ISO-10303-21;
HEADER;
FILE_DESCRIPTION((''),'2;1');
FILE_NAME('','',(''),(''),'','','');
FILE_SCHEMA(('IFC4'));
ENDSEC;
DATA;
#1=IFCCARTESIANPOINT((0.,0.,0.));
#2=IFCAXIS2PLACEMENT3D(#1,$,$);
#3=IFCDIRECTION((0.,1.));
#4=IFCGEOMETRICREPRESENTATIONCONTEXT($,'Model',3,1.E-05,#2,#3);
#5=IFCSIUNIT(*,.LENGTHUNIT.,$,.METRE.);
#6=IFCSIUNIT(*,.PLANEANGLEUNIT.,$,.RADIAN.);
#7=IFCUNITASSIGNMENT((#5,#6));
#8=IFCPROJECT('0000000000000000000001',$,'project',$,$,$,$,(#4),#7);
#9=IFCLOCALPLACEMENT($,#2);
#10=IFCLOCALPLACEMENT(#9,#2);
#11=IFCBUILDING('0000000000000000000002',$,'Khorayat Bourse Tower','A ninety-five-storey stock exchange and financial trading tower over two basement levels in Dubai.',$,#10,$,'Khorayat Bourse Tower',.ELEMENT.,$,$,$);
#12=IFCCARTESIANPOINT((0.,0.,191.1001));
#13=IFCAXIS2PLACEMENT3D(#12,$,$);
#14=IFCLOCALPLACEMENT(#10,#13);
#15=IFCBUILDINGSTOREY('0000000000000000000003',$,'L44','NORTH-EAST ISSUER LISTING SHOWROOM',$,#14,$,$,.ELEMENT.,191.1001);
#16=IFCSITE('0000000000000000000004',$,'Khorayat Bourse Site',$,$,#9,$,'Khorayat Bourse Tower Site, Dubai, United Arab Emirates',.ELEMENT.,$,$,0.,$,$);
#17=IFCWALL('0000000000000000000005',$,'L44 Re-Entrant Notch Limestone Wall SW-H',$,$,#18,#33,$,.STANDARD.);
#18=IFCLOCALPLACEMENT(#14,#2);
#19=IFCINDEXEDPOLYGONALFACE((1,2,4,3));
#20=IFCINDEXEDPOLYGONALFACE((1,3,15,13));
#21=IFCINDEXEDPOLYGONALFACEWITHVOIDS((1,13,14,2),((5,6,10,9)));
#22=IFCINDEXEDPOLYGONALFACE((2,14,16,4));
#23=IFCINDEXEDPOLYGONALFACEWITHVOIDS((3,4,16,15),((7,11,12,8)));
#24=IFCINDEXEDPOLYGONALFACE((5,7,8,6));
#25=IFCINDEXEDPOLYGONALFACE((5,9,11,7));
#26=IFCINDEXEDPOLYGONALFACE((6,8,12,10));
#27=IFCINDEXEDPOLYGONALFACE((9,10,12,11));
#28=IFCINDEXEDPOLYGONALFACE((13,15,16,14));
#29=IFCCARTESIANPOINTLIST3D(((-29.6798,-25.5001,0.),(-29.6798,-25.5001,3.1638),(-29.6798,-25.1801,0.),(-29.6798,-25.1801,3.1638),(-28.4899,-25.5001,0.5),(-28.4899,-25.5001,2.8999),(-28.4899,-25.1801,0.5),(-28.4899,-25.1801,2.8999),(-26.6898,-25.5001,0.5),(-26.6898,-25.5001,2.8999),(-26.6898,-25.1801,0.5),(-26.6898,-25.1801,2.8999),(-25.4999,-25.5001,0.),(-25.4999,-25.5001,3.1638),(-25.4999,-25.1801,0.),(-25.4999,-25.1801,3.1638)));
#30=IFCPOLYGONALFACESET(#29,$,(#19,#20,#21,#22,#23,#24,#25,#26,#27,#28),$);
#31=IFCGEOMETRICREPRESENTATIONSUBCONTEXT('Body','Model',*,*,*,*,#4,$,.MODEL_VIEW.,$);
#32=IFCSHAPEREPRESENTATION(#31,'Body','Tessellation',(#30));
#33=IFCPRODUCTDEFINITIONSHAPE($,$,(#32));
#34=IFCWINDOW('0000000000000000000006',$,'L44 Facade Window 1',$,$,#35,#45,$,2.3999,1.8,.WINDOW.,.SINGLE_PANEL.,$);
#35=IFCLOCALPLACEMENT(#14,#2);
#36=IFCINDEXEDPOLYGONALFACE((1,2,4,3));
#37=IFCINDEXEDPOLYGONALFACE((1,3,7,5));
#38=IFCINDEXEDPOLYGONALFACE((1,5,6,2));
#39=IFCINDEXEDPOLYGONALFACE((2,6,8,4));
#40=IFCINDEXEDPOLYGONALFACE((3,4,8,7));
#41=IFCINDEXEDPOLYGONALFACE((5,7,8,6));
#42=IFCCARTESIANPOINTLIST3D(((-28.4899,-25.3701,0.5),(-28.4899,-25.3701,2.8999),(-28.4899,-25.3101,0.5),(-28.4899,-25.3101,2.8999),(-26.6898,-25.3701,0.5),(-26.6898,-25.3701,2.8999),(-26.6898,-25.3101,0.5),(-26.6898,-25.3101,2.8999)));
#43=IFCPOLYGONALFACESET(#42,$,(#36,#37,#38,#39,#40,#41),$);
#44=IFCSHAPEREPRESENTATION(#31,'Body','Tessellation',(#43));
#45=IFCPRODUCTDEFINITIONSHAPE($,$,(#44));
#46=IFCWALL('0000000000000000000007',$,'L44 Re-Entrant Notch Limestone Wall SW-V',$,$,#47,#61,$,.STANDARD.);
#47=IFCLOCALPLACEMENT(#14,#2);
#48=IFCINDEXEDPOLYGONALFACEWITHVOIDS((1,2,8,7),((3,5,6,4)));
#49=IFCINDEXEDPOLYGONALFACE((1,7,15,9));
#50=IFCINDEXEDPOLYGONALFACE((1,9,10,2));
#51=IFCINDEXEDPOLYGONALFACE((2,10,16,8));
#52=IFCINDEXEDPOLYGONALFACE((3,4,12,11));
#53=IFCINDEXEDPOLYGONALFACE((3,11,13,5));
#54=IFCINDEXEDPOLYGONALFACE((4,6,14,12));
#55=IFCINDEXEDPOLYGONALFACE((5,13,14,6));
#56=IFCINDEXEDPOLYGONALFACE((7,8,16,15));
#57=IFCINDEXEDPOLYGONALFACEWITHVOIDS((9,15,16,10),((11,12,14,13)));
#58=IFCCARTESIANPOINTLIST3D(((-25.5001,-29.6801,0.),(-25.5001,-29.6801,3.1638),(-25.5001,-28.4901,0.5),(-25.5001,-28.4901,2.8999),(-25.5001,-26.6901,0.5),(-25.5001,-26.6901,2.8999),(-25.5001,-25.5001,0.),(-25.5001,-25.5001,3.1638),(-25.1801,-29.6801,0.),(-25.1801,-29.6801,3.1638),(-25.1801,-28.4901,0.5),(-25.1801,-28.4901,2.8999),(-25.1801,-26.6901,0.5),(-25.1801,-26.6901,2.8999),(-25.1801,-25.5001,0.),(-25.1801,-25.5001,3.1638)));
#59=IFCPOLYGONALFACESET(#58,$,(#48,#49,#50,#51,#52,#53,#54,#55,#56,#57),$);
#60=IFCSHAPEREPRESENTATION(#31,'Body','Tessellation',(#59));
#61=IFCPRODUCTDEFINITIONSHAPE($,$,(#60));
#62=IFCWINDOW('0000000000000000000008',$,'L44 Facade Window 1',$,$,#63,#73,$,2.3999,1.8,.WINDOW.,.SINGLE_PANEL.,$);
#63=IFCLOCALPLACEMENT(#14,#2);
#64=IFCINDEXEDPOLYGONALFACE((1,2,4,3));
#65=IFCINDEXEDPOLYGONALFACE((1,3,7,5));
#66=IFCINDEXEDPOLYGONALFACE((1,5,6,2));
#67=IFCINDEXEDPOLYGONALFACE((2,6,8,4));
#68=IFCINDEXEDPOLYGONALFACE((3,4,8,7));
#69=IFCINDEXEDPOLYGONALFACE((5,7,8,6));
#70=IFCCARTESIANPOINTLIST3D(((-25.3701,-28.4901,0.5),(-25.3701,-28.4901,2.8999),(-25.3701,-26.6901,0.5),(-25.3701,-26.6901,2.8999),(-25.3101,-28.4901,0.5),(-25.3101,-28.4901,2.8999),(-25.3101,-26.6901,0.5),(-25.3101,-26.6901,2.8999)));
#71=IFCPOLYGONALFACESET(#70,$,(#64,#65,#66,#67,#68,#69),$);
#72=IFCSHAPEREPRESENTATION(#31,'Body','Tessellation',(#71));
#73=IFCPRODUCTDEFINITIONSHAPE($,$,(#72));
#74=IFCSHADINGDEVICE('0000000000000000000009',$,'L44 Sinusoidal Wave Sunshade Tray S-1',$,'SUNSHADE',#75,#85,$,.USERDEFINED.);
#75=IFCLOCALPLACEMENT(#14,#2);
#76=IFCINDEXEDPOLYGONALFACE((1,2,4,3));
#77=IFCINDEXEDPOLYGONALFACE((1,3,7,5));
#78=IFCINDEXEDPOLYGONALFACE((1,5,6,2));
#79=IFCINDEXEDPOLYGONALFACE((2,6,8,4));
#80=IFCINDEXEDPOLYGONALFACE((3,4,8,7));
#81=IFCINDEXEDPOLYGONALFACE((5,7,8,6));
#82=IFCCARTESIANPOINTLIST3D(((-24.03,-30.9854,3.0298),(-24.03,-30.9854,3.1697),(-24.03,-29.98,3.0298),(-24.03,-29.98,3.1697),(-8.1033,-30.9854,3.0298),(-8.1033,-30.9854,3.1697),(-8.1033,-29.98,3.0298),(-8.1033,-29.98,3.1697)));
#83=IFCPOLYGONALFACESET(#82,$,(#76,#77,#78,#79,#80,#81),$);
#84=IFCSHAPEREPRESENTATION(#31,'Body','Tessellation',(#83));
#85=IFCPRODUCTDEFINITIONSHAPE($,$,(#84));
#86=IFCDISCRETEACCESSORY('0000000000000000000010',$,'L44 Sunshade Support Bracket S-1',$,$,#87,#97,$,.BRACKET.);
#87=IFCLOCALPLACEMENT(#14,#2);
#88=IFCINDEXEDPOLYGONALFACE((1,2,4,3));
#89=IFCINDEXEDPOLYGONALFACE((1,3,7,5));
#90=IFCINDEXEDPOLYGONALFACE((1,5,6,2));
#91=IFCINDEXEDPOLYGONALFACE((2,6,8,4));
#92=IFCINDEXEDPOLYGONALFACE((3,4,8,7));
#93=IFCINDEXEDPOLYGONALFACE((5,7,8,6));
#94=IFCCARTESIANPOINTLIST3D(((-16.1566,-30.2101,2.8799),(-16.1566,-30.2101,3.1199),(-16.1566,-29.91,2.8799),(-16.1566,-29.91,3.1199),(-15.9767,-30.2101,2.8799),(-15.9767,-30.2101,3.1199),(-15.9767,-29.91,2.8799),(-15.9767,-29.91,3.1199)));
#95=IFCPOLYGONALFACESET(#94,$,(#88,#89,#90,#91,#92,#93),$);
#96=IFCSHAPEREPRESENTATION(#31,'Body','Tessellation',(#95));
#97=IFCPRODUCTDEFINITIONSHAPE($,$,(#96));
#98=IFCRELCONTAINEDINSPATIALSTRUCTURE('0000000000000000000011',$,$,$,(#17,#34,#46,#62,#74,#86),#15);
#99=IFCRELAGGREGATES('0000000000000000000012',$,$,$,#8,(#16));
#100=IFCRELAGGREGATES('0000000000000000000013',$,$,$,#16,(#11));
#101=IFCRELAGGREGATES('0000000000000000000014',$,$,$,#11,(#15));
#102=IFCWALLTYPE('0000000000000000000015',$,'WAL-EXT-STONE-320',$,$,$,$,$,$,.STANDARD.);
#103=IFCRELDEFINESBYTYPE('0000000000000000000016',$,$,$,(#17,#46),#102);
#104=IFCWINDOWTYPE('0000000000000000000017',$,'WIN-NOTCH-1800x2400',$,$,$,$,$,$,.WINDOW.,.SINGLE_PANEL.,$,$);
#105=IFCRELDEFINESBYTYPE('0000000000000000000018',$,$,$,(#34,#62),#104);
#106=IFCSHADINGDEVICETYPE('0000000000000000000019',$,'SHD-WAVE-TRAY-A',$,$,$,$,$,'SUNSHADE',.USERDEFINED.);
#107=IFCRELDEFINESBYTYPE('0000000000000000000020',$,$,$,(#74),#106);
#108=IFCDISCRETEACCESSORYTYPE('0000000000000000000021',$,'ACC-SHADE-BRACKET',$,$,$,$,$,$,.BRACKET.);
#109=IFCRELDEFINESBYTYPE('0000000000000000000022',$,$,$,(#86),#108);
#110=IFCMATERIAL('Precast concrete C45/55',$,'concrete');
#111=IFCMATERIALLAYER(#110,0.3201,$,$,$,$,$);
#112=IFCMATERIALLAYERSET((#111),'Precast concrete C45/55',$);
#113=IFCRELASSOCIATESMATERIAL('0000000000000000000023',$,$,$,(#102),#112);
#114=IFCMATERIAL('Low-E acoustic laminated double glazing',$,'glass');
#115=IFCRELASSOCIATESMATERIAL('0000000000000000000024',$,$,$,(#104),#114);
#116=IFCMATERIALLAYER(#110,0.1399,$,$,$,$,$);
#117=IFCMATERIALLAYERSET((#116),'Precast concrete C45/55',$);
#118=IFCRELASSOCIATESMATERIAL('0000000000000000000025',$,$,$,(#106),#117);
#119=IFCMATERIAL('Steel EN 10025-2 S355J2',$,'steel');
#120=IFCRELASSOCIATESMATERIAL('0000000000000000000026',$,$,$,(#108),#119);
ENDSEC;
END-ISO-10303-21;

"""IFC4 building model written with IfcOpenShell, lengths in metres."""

from ifc_helpers import new_model, si_unit, direction, frame, frame_2d, origin, origin_2d, place, context, subcontext, project, spatial, rectangle, extrude, source, transform, mapped, material, layer, layer_set, type_object, element, fill, save


model = new_model("IFC4")

# Units and contexts
model_context = context("Model", 3, precision=1e-05, world=origin(), true_north=direction((0.0, 1.0)))
body_context = subcontext(model_context, "Body", "Model", "MODEL_VIEW")
ifc_project = project(units=[si_unit("LENGTHUNIT", "METRE"), si_unit("PLANEANGLEUNIT", "RADIAN")], contexts=[model_context])

# Site, building, storey
site_placement = place(None, origin())
site = spatial("IfcSite", under=ifc_project, at=site_placement, Name="Khorayat Bourse Site", LongName="Khorayat Bourse Tower Site, Dubai, United Arab Emirates", CompositionType="ELEMENT", RefElevation=0.0)
building_placement = place(site_placement, origin())
building = spatial("IfcBuilding", under=site, at=building_placement, Name="Khorayat Bourse Tower", Description="A ninety-five-storey stock exchange and financial trading tower over two basement levels in Dubai.", LongName="Khorayat Bourse Tower", CompositionType="ELEMENT")
storey_placement = place(building_placement, frame((0.0, 0.0, 191.1001)))
storey = spatial("IfcBuildingStorey", under=building, at=storey_placement, Name="L44", Description="NORTH-EAST ISSUER LISTING SHOWROOM", CompositionType="ELEMENT", Elevation=191.1001)

# Walls, openings, windows
ifc_material_1 = material(Name="Precast concrete C45/55", Category="concrete")
ifc_layer_1 = layer(ifc_material_1, 0.3201)
ifc_layer_set_1 = layer_set([ifc_layer_1], Name="Precast concrete C45/55")
wall_type = type_object("IfcWallType", Name="WAL-EXT-STONE-320", PredefinedType="STANDARD", material=ifc_layer_set_1)
shared_shape_1 = source(origin(), body_context, "Body", "SweptSolid", [
    extrude(rectangle(XDim=4.1799, YDim=0.3201, at=frame_2d((2.0898, 0.0))), origin(), (0.0, 0.0, 1.0), 3.1638),
])
wall_1_placement = place(storey_placement, frame((-25.5, -25.3401, 0.0), z_axis=(0.0, 0.0, 1.0), x_axis=(-1.0, 0.0, 0.0)))
wall_1 = element("IfcWall", 1, at=wall_1_placement, inside=storey, type_object=wall_type, Name="L44 Re-Entrant Notch Limestone Wall SW-H", PredefinedType="STANDARD", context=body_context, shape_type="MappedRepresentation", body=[
    mapped(shared_shape_1, transform((0.0, 0.0, 0.0), scale=1.0)),
])
shared_shape_2 = source(origin(), body_context, "Body", "SweptSolid", [
    extrude(rectangle(XDim=1.8, YDim=2.3999, at=frame_2d((0.8999, 1.2))), frame((0.0, 0.1699, 0.0), z_axis=(0.0, -1.0, 0.0), x_axis=(1.0, 0.0, 0.0)), (0.0, 0.0, 1.0), 0.3401),
])
opening_1_placement = place(wall_1_placement, frame((1.1899, 0.0, 0.5)))
opening_1 = element("IfcOpeningElement", 2, at=opening_1_placement, cuts=wall_1, PredefinedType="OPENING", context=body_context, shape_type="MappedRepresentation", body=[
    mapped(shared_shape_2, transform((0.0, 0.0, 0.0), scale=1.0)),
])
ifc_material_2 = material(Name="Low-E acoustic laminated double glazing", Category="glass")
window_type = type_object("IfcWindowType", Name="WIN-NOTCH-1800x2400", PartitioningType="SINGLE_PANEL", PredefinedType="WINDOW", material=ifc_material_2)
shared_shape_3 = source(origin(), body_context, "Body", "SweptSolid", [
    extrude(rectangle(XDim=1.8, YDim=2.3999, at=frame_2d((0.8999, 1.2))), frame((0.0, 0.03, 0.0), z_axis=(0.0, -1.0, 0.0), x_axis=(1.0, 0.0, 0.0)), (0.0, 0.0, 1.0), 0.0601),
])
window_1_placement = place(opening_1_placement, origin())
window_1 = element("IfcWindow", 3, at=window_1_placement, inside=storey, type_object=window_type, Name="L44 Facade Window 1", OverallHeight=2.3999, OverallWidth=1.8, PartitioningType="SINGLE_PANEL", PredefinedType="WINDOW", context=body_context, shape_type="MappedRepresentation", body=[
    mapped(shared_shape_3, transform((0.0, 0.0, 0.0), scale=1.0)),
])
fill(opening_1, window_1)
wall_2_placement = place(storey_placement, frame((-25.3401, -29.6799, 0.0), z_axis=(0.0, 0.0, 1.0), x_axis=(0.0, 1.0, 0.0)))
wall_2 = element("IfcWall", 4, at=wall_2_placement, inside=storey, type_object=wall_type, Name="L44 Re-Entrant Notch Limestone Wall SW-V", PredefinedType="STANDARD", context=body_context, shape_type="MappedRepresentation", body=[
    mapped(shared_shape_1, transform((0.0, 0.0, 0.0), scale=1.0)),
])
opening_2_placement = place(wall_2_placement, frame((1.1899, 0.0, 0.5)))
opening_2 = element("IfcOpeningElement", 5, at=opening_2_placement, cuts=wall_2, PredefinedType="OPENING", context=body_context, shape_type="MappedRepresentation", body=[
    mapped(shared_shape_2, transform((0.0, 0.0, 0.0), scale=1.0)),
])
window_2_placement = place(opening_2_placement, origin())
window_2 = element("IfcWindow", 6, at=window_2_placement, inside=storey, type_object=window_type, Name="L44 Facade Window 1", OverallHeight=2.3999, OverallWidth=1.8, PartitioningType="SINGLE_PANEL", PredefinedType="WINDOW", context=body_context, shape_type="MappedRepresentation", body=[
    mapped(shared_shape_3, transform((0.0, 0.0, 0.0), scale=1.0)),
])
fill(opening_2, window_2)

# Shading device
ifc_layer_2 = layer(ifc_material_1, 0.1399)
ifc_layer_set_2 = layer_set([ifc_layer_2], Name="Precast concrete C45/55")
shading_device_type = type_object("IfcShadingDeviceType", Name="SHD-WAVE-TRAY-A", ElementType="SUNSHADE", PredefinedType="USERDEFINED", material=ifc_layer_set_2)
shared_shape_4 = source(origin(), body_context, "Body", "SweptSolid", [
    extrude(rectangle(XDim=15.9268, YDim=1.0054, at=origin_2d()), origin(), (0.0, 0.0, 1.0), 0.1399),
])
shading_device_placement = place(storey_placement, frame((-16.0667, -30.4827, 3.0298), z_axis=(0.0, 0.0, 1.0), x_axis=(1.0, 0.0, 0.0)))
element("IfcShadingDevice", 7, at=shading_device_placement, inside=storey, type_object=shading_device_type, Name="L44 Sinusoidal Wave Sunshade Tray S-1", ObjectType="SUNSHADE", PredefinedType="USERDEFINED", context=body_context, shape_type="MappedRepresentation", body=[
    mapped(shared_shape_4, transform((0.0, 0.0, 0.0), scale=1.0)),
])

# Discrete accessory
ifc_material_3 = material(Name="Steel EN 10025-2 S355J2", Category="steel")
discrete_accessory_type = type_object("IfcDiscreteAccessoryType", Name="ACC-SHADE-BRACKET", PredefinedType="BRACKET", material=ifc_material_3)
shared_shape_5 = source(origin(), body_context, "Body", "SweptSolid", [
    extrude(rectangle(XDim=0.1799, YDim=0.3, at=origin_2d()), origin(), (0.0, 0.0, 1.0), 0.24),
])
discrete_accessory_placement = place(storey_placement, frame((-16.0667, -30.0601, 2.8799), z_axis=(0.0, 0.0, 1.0), x_axis=(1.0, 0.0, 0.0)))
element("IfcDiscreteAccessory", 8, at=discrete_accessory_placement, inside=storey, type_object=discrete_accessory_type, Name="L44 Sunshade Support Bracket S-1", PredefinedType="BRACKET", context=body_context, shape_type="MappedRepresentation", body=[
    mapped(shared_shape_5, transform((0.0, 0.0, 0.0), scale=1.0)),
])

save(model, "model.ifc")
